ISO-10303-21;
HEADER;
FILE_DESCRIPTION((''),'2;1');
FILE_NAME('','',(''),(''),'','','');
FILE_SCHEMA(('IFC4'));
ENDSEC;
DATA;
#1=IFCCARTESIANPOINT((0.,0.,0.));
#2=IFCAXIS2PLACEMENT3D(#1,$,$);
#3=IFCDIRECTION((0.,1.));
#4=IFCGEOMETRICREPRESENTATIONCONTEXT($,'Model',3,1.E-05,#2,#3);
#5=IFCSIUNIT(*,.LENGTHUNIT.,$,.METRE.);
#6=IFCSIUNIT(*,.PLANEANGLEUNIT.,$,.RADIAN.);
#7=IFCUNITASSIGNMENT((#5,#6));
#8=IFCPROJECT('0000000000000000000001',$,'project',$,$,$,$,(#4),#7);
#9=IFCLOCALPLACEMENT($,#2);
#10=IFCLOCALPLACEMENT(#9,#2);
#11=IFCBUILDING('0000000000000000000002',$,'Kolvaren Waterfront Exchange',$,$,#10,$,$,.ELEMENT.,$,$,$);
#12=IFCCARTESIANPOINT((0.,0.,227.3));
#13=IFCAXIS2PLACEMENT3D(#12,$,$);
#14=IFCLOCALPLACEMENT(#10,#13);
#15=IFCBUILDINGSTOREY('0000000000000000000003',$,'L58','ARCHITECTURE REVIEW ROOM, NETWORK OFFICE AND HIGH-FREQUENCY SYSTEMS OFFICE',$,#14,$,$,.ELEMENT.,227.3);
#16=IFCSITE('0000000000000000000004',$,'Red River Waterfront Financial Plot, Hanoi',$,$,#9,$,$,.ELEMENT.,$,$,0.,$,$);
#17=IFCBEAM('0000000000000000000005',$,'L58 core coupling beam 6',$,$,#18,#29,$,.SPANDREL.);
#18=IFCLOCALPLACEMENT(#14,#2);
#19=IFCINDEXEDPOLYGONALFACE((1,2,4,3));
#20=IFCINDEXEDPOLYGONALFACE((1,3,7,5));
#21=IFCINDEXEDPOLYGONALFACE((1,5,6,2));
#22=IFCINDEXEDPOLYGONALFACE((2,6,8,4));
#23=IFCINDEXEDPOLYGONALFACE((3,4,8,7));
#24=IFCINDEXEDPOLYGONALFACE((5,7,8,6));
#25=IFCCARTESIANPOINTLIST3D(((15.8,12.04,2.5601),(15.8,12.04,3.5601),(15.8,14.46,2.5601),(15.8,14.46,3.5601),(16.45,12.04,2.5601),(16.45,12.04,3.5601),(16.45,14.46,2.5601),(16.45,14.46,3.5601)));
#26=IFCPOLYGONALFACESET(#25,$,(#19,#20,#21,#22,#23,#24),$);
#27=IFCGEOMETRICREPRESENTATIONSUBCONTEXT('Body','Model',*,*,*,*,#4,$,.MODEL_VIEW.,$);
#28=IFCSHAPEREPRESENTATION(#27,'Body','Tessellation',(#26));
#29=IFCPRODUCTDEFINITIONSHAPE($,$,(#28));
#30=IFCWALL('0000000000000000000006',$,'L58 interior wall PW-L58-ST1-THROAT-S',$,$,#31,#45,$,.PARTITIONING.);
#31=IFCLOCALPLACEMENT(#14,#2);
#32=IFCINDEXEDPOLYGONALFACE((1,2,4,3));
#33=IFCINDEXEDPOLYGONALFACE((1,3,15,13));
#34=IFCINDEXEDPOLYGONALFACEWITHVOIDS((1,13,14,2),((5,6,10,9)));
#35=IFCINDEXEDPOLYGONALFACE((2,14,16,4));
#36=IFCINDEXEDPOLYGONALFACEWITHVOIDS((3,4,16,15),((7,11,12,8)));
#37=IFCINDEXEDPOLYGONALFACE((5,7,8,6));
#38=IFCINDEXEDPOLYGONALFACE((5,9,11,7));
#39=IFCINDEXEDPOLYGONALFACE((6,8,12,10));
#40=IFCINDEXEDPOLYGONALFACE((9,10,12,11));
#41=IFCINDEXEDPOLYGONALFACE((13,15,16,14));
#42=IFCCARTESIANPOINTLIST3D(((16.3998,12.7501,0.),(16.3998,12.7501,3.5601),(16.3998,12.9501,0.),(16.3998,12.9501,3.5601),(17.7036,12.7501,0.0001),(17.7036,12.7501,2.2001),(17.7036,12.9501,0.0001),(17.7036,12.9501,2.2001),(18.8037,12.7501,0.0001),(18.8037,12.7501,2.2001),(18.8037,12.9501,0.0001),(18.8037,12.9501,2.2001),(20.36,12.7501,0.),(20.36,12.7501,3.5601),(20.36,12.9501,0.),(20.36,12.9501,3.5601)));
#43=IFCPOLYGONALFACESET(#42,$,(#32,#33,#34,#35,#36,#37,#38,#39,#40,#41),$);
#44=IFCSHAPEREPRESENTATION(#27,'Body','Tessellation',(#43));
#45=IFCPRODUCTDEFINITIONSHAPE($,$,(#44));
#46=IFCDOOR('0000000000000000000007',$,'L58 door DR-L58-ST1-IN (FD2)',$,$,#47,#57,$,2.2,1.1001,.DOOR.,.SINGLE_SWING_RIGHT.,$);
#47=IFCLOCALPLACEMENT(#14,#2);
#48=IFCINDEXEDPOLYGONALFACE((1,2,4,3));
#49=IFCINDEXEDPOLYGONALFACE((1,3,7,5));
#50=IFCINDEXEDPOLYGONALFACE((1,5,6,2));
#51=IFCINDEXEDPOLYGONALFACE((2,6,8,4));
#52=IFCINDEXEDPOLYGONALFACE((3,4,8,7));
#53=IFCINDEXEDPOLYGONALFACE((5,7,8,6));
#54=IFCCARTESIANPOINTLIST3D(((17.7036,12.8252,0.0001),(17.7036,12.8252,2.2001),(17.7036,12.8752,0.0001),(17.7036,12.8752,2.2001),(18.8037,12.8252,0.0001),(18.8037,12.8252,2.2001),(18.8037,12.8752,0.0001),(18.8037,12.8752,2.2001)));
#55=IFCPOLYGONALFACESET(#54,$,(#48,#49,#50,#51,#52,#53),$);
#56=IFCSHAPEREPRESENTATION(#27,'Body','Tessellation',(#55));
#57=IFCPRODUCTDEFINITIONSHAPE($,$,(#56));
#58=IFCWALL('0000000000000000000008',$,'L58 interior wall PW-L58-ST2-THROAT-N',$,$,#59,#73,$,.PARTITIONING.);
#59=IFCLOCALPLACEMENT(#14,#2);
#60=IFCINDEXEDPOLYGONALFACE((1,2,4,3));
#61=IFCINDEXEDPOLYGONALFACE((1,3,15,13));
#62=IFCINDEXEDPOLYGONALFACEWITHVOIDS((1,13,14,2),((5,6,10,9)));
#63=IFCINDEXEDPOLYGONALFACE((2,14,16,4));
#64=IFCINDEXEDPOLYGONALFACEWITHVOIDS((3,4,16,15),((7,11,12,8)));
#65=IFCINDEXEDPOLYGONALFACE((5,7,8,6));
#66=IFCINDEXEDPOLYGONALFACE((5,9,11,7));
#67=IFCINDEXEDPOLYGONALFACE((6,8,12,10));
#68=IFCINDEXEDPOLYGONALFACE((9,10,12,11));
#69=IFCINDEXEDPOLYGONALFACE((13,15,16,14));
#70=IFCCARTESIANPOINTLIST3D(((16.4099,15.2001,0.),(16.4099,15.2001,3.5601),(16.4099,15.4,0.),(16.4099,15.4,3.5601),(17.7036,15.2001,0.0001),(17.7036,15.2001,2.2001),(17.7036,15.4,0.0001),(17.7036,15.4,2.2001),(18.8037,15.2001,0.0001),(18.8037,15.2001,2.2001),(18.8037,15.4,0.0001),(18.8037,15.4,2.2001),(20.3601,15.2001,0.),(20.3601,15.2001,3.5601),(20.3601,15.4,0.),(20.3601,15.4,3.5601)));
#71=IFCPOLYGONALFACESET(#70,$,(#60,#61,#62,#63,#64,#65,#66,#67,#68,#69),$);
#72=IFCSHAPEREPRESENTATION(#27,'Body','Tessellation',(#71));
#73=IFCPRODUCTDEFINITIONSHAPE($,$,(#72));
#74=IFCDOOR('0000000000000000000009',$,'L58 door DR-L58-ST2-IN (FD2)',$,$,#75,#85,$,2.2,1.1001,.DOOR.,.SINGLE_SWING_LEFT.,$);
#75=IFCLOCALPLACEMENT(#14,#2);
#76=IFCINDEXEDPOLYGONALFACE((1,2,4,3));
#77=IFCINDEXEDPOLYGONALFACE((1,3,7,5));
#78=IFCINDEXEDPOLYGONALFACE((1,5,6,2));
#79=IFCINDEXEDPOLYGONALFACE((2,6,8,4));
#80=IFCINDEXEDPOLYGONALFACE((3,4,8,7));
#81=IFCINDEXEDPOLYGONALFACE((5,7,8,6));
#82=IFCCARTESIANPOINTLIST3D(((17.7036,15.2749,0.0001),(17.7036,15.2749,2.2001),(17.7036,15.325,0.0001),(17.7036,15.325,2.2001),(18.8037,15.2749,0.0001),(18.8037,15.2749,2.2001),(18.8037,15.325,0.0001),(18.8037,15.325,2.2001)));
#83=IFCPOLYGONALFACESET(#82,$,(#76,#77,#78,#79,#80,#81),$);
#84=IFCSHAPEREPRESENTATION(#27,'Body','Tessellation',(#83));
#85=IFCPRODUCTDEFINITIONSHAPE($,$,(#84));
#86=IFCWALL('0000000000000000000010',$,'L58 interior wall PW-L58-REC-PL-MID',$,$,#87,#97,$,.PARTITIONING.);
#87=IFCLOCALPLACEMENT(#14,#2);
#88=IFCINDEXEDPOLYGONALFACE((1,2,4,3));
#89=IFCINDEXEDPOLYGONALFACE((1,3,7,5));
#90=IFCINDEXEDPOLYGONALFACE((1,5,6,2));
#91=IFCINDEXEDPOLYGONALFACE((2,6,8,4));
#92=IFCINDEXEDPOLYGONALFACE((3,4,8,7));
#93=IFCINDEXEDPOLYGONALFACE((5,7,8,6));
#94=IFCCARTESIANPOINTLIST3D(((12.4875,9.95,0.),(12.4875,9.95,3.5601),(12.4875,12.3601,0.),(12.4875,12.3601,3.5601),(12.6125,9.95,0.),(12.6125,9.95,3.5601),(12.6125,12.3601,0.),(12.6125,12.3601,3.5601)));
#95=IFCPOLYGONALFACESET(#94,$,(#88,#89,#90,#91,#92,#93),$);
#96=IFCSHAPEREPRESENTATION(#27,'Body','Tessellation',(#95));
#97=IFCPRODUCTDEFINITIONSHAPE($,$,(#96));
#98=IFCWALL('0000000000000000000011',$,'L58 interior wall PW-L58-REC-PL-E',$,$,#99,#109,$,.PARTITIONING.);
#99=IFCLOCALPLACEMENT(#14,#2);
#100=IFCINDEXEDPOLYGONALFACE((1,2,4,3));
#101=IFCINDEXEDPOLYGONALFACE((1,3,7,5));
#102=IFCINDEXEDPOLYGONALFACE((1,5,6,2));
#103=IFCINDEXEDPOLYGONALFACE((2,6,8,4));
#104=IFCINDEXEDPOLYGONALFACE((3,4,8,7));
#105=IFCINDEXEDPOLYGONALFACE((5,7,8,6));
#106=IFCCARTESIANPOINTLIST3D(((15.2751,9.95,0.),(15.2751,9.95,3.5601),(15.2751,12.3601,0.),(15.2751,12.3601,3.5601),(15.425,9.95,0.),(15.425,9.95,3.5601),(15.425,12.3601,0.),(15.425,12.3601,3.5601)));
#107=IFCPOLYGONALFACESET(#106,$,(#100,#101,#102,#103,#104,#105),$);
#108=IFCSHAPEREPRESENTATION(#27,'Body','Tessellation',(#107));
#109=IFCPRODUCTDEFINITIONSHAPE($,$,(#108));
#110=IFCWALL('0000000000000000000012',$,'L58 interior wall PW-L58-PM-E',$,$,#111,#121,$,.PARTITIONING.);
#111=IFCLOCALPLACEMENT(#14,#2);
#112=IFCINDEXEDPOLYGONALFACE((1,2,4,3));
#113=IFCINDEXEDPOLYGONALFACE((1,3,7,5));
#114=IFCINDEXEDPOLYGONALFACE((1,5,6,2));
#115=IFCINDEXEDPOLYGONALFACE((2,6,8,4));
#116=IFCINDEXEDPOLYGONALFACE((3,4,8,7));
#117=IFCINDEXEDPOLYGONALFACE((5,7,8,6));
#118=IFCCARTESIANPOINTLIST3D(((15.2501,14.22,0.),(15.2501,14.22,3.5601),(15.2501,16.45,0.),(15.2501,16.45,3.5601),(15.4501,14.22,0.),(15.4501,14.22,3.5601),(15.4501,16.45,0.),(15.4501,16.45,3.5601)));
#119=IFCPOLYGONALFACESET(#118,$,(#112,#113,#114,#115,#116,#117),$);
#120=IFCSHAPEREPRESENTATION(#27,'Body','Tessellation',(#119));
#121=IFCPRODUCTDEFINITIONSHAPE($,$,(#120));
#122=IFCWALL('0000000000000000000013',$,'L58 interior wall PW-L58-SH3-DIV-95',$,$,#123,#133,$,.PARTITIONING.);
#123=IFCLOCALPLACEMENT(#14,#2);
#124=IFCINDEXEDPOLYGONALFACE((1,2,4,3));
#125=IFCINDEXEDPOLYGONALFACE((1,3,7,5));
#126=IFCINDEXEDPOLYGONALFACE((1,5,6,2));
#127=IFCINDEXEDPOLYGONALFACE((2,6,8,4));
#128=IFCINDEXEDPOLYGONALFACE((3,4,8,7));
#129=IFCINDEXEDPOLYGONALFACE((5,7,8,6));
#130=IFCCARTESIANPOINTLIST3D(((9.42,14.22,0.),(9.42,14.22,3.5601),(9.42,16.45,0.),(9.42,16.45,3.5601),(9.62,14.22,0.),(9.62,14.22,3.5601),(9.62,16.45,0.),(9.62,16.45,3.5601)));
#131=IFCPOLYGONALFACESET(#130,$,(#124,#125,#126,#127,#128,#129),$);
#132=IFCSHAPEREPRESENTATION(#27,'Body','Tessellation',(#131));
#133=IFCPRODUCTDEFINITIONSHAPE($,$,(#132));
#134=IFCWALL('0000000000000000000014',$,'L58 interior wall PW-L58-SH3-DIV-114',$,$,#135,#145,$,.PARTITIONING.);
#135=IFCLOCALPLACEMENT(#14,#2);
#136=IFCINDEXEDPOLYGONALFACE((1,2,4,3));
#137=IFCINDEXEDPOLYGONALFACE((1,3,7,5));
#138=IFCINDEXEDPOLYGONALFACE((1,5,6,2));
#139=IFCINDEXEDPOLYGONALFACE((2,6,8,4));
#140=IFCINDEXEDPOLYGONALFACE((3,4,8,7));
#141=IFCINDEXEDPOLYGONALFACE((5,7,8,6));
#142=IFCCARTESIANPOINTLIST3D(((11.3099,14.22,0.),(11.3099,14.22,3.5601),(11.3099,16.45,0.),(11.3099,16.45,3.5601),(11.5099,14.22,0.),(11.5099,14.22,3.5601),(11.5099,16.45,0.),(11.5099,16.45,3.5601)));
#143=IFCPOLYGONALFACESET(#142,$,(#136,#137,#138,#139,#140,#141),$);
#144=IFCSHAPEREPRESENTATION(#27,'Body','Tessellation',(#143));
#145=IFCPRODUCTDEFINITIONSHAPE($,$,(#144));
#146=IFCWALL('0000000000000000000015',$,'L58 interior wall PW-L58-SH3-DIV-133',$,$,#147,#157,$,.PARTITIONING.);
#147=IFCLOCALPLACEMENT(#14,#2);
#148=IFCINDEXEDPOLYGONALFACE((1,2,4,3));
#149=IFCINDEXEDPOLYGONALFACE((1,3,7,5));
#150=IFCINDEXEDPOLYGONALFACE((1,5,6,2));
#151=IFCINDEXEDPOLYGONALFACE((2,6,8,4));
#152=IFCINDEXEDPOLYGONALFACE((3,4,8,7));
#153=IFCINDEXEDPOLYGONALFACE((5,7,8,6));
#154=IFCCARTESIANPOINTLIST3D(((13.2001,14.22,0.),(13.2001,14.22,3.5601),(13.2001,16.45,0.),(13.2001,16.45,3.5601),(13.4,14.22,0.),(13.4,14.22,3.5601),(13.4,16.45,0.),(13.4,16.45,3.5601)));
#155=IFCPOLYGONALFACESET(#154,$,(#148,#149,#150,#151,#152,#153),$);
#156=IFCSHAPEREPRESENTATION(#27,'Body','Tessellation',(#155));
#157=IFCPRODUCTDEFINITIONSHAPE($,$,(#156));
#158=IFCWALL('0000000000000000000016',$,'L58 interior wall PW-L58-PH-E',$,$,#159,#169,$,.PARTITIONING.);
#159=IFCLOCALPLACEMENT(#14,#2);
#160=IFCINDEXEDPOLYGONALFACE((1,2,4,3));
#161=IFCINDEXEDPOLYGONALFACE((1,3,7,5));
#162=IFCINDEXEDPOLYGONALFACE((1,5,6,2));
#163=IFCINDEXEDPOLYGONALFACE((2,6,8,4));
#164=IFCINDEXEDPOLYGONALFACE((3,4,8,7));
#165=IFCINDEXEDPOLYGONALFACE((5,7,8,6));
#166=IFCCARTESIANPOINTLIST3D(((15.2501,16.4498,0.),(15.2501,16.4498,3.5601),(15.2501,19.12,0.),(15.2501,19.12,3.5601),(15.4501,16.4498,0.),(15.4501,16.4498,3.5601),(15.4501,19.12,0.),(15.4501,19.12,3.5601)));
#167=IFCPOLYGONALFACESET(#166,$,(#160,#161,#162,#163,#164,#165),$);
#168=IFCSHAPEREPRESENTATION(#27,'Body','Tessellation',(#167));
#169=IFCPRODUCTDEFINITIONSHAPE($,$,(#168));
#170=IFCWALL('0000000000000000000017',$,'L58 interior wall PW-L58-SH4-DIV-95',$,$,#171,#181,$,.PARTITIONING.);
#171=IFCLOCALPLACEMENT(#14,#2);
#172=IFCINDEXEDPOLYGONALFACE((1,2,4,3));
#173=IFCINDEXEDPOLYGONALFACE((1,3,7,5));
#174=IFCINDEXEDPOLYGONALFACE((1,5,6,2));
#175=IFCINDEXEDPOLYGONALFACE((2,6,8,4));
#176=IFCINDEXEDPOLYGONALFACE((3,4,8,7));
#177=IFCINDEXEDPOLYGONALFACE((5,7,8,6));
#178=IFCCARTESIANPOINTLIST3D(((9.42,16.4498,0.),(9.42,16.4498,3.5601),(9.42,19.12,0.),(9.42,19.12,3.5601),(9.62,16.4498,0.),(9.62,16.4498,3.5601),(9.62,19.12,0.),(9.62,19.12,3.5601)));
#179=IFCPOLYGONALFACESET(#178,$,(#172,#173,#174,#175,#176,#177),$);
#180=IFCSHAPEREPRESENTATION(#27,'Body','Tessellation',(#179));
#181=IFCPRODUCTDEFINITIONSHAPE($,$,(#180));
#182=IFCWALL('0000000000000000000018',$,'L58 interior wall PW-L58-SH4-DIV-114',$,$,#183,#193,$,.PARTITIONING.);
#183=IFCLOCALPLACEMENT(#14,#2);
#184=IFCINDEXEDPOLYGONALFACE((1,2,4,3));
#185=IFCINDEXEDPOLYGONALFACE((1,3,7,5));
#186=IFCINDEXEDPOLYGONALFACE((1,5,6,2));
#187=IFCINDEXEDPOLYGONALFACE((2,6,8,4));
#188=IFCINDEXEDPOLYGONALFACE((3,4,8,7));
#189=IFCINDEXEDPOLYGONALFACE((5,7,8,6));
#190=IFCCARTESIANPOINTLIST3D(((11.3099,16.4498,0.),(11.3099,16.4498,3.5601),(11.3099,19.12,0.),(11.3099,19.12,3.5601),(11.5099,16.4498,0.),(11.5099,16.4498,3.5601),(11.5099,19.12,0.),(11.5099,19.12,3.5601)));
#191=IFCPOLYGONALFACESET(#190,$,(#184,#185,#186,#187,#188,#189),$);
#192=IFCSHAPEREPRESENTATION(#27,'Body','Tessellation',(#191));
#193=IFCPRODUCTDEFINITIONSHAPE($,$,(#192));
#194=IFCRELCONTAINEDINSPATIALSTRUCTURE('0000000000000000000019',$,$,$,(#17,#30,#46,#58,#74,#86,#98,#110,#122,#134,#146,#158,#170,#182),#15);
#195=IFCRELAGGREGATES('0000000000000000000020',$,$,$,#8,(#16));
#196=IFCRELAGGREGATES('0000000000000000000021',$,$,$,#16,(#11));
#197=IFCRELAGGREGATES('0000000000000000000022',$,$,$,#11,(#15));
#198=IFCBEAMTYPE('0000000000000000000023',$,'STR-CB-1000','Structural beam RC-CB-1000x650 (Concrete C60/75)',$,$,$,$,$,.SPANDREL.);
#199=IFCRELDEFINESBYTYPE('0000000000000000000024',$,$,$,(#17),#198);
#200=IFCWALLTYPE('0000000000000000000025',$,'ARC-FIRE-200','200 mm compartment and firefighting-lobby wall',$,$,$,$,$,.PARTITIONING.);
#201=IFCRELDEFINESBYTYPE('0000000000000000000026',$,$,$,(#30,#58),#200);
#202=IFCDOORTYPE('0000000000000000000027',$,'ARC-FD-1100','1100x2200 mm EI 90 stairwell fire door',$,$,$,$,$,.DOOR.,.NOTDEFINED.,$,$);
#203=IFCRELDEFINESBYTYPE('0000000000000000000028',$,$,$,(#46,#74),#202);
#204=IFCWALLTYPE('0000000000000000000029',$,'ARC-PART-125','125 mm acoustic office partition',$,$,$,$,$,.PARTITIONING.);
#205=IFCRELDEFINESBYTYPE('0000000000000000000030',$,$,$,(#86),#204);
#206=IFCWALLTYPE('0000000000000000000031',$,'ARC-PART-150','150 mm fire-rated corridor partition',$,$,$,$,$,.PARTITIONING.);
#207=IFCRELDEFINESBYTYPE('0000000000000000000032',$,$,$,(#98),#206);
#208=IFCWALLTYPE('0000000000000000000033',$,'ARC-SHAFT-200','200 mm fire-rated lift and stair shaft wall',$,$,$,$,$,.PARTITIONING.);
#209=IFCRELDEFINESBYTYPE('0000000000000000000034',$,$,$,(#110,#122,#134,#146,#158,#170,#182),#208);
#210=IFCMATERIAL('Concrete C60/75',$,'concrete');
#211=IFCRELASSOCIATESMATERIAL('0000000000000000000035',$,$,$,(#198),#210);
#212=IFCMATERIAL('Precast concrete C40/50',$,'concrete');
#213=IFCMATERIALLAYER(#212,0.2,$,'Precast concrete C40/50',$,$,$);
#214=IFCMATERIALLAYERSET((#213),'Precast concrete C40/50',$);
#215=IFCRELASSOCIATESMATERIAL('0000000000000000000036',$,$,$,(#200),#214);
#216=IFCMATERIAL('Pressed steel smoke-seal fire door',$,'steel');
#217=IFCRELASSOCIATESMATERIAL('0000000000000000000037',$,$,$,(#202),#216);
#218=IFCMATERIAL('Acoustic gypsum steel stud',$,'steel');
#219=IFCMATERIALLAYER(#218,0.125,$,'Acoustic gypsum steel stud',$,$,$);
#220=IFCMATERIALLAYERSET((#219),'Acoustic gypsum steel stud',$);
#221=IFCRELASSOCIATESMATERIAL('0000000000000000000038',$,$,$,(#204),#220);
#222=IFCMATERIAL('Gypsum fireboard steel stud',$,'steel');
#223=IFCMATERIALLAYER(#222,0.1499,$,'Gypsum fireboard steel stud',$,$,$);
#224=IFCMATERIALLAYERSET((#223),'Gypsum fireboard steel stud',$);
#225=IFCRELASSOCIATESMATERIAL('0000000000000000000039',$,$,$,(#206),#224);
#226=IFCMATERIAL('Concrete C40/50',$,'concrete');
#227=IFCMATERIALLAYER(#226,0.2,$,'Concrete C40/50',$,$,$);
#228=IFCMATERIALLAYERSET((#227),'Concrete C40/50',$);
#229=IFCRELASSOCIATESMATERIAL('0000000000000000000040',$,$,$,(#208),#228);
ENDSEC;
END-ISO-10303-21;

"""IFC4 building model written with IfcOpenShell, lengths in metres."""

from ifc_helpers import new_model, si_unit, direction, frame, frame_2d, origin, origin_2d, place, context, subcontext, project, spatial, rectangle, extrude, material, layer, layer_set, material_profile, profile_set, type_object, element, fill, save


model = new_model("IFC4")

# Units and contexts
model_context = context("Model", 3, precision=1e-05, world=origin(), true_north=direction((0.0, 1.0)))
body_context = subcontext(model_context, "Body", "Model", "MODEL_VIEW")
ifc_project = project(units=[si_unit("LENGTHUNIT", "METRE"), si_unit("PLANEANGLEUNIT", "RADIAN")], contexts=[model_context])

# Site, building, storey
site_placement = place(None, origin())
site = spatial("IfcSite", under=ifc_project, at=site_placement, Name="Red River Waterfront Financial Plot, Hanoi", CompositionType="ELEMENT", RefElevation=0.0)
building_placement = place(site_placement, origin())
building = spatial("IfcBuilding", under=site, at=building_placement, Name="Kolvaren Waterfront Exchange", CompositionType="ELEMENT")
storey_placement = place(building_placement, frame((0.0, 0.0, 227.3)))
storey = spatial("IfcBuildingStorey", under=building, at=storey_placement, Name="L58", Description="ARCHITECTURE REVIEW ROOM, NETWORK OFFICE AND HIGH-FREQUENCY SYSTEMS OFFICE", CompositionType="ELEMENT", Elevation=227.3)

# Beam
ifc_material_1 = material(Name="Concrete C60/75", Category="concrete")
ifc_material_profile = material_profile(ifc_material_1, rectangle(XDim=0.6499, YDim=1.0, at=origin_2d()), Name="RC-CB-1000x650")
ifc_profile_set = profile_set([ifc_material_profile], Name="Concrete C60/75")
beam_type = type_object("IfcBeamType", Name="STR-CB-1000", Description="Structural beam RC-CB-1000x650 (Concrete C60/75)", PredefinedType="SPANDREL", material=ifc_profile_set)
beam_placement = place(storey_placement, frame((16.125, 12.04, 3.0601), z_axis=(0.0, 1.0, 0.0), x_axis=(-1.0, 0.0, 0.0)))
element("IfcBeam", 1, at=beam_placement, inside=storey, type_object=beam_type, Name="L58 core coupling beam 6", PredefinedType="SPANDREL", context=body_context, shape_type="SweptSolid", body=[
    extrude(rectangle(XDim=0.6499, YDim=1.0, at=origin_2d()), origin(), (0.0, 0.0, 1.0), 2.4199),
])

# Walls, openings, doors
ifc_material_2 = material(Name="Precast concrete C40/50", Category="concrete")
ifc_layer_1 = layer(ifc_material_2, 0.2, Name="Precast concrete C40/50")
ifc_layer_set_1 = layer_set([ifc_layer_1], Name="Precast concrete C40/50")
wall_type_1 = type_object("IfcWallType", Name="ARC-FIRE-200", Description="200 mm compartment and firefighting-lobby wall", PredefinedType="PARTITIONING", material=ifc_layer_set_1)
wall_1_placement = place(storey_placement, frame((16.3999, 12.8501, 0.0), z_axis=(0.0, 0.0, 1.0), x_axis=(1.0, 0.0, 0.0)))
wall_1 = element("IfcWall", 2, at=wall_1_placement, inside=storey, type_object=wall_type_1, Name="L58 interior wall PW-L58-ST1-THROAT-S", PredefinedType="PARTITIONING", context=body_context, shape_type="SweptSolid", body=[
    extrude(rectangle(XDim=3.9602, YDim=0.2, at=frame_2d((1.98, 0.0))), origin(), (0.0, 0.0, 1.0), 3.5601),
])
opening_1_placement = place(wall_1_placement, frame((1.3037, 0.0, 0.0)))
opening_1 = element("IfcOpeningElement", 3, at=opening_1_placement, cuts=wall_1, PredefinedType="OPENING", context=body_context, shape_type="SweptSolid", body=[
    extrude(rectangle(XDim=1.1001, YDim=2.2, at=frame_2d((0.55, 1.1001))), frame((0.0, 0.1099, 0.0), z_axis=(0.0, -1.0, 0.0), x_axis=(1.0, 0.0, 0.0)), (0.0, 0.0, 1.0), 0.22),
])
ifc_material_3 = material(Name="Pressed steel smoke-seal fire door", Category="steel")
door_type = type_object("IfcDoorType", Name="ARC-FD-1100", Description="1100x2200 mm EI 90 stairwell fire door", OperationType="NOTDEFINED", PredefinedType="DOOR", material=ifc_material_3)
door_1_placement = place(opening_1_placement, frame((1.1001, 0.0, 0.0), z_axis=(0.0, 0.0, 1.0), x_axis=(-1.0, 0.0, 0.0)))
door_1 = element("IfcDoor", 4, at=door_1_placement, inside=storey, type_object=door_type, Name="L58 door DR-L58-ST1-IN (FD2)", OperationType="SINGLE_SWING_RIGHT", OverallHeight=2.2, OverallWidth=1.1001, PredefinedType="DOOR", context=body_context, shape_type="SweptSolid", body=[
    extrude(rectangle(XDim=1.1001, YDim=2.2, at=frame_2d((0.55, 1.1001))), frame((0.0, 0.0249, 0.0), z_axis=(0.0, -1.0, 0.0), x_axis=(1.0, 0.0, 0.0)), (0.0, 0.0, 1.0), 0.05),
])
fill(opening_1, door_1)
wall_2_placement = place(storey_placement, frame((16.4099, 15.3, 0.0), z_axis=(0.0, 0.0, 1.0), x_axis=(1.0, 0.0, 0.0)))
wall_2 = element("IfcWall", 5, at=wall_2_placement, inside=storey, type_object=wall_type_1, Name="L58 interior wall PW-L58-ST2-THROAT-N", PredefinedType="PARTITIONING", context=body_context, shape_type="SweptSolid", body=[
    extrude(rectangle(XDim=3.9502, YDim=0.2, at=frame_2d((1.9751, 0.0))), origin(), (0.0, 0.0, 1.0), 3.5601),
])
opening_2_placement = place(wall_2_placement, frame((1.2937, 0.0, 0.0)))
opening_2 = element("IfcOpeningElement", 6, at=opening_2_placement, cuts=wall_2, PredefinedType="OPENING", context=body_context, shape_type="SweptSolid", body=[
    extrude(rectangle(XDim=1.1001, YDim=2.2, at=frame_2d((0.55, 1.1001))), frame((0.0, 0.1099, 0.0), z_axis=(0.0, -1.0, 0.0), x_axis=(1.0, 0.0, 0.0)), (0.0, 0.0, 1.0), 0.22),
])
door_2_placement = place(opening_2_placement, origin())
door_2 = element("IfcDoor", 7, at=door_2_placement, inside=storey, type_object=door_type, Name="L58 door DR-L58-ST2-IN (FD2)", OperationType="SINGLE_SWING_LEFT", OverallHeight=2.2, OverallWidth=1.1001, PredefinedType="DOOR", context=body_context, shape_type="SweptSolid", body=[
    extrude(rectangle(XDim=1.1001, YDim=2.2, at=frame_2d((0.55, 1.1001))), frame((0.0, 0.0249, 0.0), z_axis=(0.0, -1.0, 0.0), x_axis=(1.0, 0.0, 0.0)), (0.0, 0.0, 1.0), 0.05),
])
fill(opening_2, door_2)

# Walls
ifc_material_4 = material(Name="Acoustic gypsum steel stud", Category="steel")
ifc_layer_2 = layer(ifc_material_4, 0.125, Name="Acoustic gypsum steel stud")
ifc_layer_set_2 = layer_set([ifc_layer_2], Name="Acoustic gypsum steel stud")
wall_type_2 = type_object("IfcWallType", Name="ARC-PART-125", Description="125 mm acoustic office partition", PredefinedType="PARTITIONING", material=ifc_layer_set_2)
wall_3_placement = place(storey_placement, frame((12.55, 9.95, 0.0), z_axis=(0.0, 0.0, 1.0), x_axis=(0.0, 1.0, 0.0)))
element("IfcWall", 8, at=wall_3_placement, inside=storey, type_object=wall_type_2, Name="L58 interior wall PW-L58-REC-PL-MID", PredefinedType="PARTITIONING", context=body_context, shape_type="SweptSolid", body=[
    extrude(rectangle(XDim=2.4102, YDim=0.125, at=frame_2d((1.2051, 0.0))), origin(), (0.0, 0.0, 1.0), 3.5601),
])
ifc_material_5 = material(Name="Gypsum fireboard steel stud", Category="steel")
ifc_layer_3 = layer(ifc_material_5, 0.1499, Name="Gypsum fireboard steel stud")
ifc_layer_set_3 = layer_set([ifc_layer_3], Name="Gypsum fireboard steel stud")
wall_type_3 = type_object("IfcWallType", Name="ARC-PART-150", Description="150 mm fire-rated corridor partition", PredefinedType="PARTITIONING", material=ifc_layer_set_3)
wall_4_placement = place(storey_placement, frame((15.3501, 9.95, 0.0), z_axis=(0.0, 0.0, 1.0), x_axis=(0.0, 1.0, 0.0)))
element("IfcWall", 9, at=wall_4_placement, inside=storey, type_object=wall_type_3, Name="L58 interior wall PW-L58-REC-PL-E", PredefinedType="PARTITIONING", context=body_context, shape_type="SweptSolid", body=[
    extrude(rectangle(XDim=2.4102, YDim=0.1499, at=frame_2d((1.2051, 0.0))), origin(), (0.0, 0.0, 1.0), 3.5601),
])
ifc_material_6 = material(Name="Concrete C40/50", Category="concrete")
ifc_layer_4 = layer(ifc_material_6, 0.2, Name="Concrete C40/50")
ifc_layer_set_4 = layer_set([ifc_layer_4], Name="Concrete C40/50")
wall_type_4 = type_object("IfcWallType", Name="ARC-SHAFT-200", Description="200 mm fire-rated lift and stair shaft wall", PredefinedType="PARTITIONING", material=ifc_layer_set_4)
for number, where, z_axis, x_axis, name in (
    (10, (15.3501, 14.22, 0.0), (0.0, 0.0, 1.0), (0.0, 1.0, 0.0), "L58 interior wall PW-L58-PM-E"),
    (11, (9.52, 14.22, 0.0), (0.0, 0.0, 1.0), (0.0, 1.0, 0.0), "L58 interior wall PW-L58-SH3-DIV-95"),
    (12, (11.4099, 14.22, 0.0), (0.0, 0.0, 1.0), (0.0, 1.0, 0.0), "L58 interior wall PW-L58-SH3-DIV-114"),
    (13, (13.3, 14.22, 0.0), (0.0, 0.0, 1.0), (0.0, 1.0, 0.0), "L58 interior wall PW-L58-SH3-DIV-133"),
):
    element("IfcWall", number, at=place(storey_placement, frame(where, z_axis=z_axis, x_axis=x_axis)), inside=storey, type_object=wall_type_4, Name=name, PredefinedType="PARTITIONING", context=body_context, shape_type="SweptSolid", body=[
        extrude(rectangle(XDim=2.23, YDim=0.2, at=frame_2d((1.115, 0.0))), origin(), (0.0, 0.0, 1.0), 3.5601),
    ])
for number, where, z_axis, x_axis, name in (
    (14, (15.3501, 16.45, 0.0), (0.0, 0.0, 1.0), (0.0, 1.0, 0.0), "L58 interior wall PW-L58-PH-E"),
    (15, (9.52, 16.45, 0.0), (0.0, 0.0, 1.0), (0.0, 1.0, 0.0), "L58 interior wall PW-L58-SH4-DIV-95"),
    (16, (11.4099, 16.45, 0.0), (0.0, 0.0, 1.0), (0.0, 1.0, 0.0), "L58 interior wall PW-L58-SH4-DIV-114"),
):
    element("IfcWall", number, at=place(storey_placement, frame(where, z_axis=z_axis, x_axis=x_axis)), inside=storey, type_object=wall_type_4, Name=name, PredefinedType="PARTITIONING", context=body_context, shape_type="SweptSolid", body=[
        extrude(rectangle(XDim=2.6702, YDim=0.2, at=frame_2d((1.335, 0.0))), origin(), (0.0, 0.0, 1.0), 3.5601),
    ])

save(model, "model.ifc")
